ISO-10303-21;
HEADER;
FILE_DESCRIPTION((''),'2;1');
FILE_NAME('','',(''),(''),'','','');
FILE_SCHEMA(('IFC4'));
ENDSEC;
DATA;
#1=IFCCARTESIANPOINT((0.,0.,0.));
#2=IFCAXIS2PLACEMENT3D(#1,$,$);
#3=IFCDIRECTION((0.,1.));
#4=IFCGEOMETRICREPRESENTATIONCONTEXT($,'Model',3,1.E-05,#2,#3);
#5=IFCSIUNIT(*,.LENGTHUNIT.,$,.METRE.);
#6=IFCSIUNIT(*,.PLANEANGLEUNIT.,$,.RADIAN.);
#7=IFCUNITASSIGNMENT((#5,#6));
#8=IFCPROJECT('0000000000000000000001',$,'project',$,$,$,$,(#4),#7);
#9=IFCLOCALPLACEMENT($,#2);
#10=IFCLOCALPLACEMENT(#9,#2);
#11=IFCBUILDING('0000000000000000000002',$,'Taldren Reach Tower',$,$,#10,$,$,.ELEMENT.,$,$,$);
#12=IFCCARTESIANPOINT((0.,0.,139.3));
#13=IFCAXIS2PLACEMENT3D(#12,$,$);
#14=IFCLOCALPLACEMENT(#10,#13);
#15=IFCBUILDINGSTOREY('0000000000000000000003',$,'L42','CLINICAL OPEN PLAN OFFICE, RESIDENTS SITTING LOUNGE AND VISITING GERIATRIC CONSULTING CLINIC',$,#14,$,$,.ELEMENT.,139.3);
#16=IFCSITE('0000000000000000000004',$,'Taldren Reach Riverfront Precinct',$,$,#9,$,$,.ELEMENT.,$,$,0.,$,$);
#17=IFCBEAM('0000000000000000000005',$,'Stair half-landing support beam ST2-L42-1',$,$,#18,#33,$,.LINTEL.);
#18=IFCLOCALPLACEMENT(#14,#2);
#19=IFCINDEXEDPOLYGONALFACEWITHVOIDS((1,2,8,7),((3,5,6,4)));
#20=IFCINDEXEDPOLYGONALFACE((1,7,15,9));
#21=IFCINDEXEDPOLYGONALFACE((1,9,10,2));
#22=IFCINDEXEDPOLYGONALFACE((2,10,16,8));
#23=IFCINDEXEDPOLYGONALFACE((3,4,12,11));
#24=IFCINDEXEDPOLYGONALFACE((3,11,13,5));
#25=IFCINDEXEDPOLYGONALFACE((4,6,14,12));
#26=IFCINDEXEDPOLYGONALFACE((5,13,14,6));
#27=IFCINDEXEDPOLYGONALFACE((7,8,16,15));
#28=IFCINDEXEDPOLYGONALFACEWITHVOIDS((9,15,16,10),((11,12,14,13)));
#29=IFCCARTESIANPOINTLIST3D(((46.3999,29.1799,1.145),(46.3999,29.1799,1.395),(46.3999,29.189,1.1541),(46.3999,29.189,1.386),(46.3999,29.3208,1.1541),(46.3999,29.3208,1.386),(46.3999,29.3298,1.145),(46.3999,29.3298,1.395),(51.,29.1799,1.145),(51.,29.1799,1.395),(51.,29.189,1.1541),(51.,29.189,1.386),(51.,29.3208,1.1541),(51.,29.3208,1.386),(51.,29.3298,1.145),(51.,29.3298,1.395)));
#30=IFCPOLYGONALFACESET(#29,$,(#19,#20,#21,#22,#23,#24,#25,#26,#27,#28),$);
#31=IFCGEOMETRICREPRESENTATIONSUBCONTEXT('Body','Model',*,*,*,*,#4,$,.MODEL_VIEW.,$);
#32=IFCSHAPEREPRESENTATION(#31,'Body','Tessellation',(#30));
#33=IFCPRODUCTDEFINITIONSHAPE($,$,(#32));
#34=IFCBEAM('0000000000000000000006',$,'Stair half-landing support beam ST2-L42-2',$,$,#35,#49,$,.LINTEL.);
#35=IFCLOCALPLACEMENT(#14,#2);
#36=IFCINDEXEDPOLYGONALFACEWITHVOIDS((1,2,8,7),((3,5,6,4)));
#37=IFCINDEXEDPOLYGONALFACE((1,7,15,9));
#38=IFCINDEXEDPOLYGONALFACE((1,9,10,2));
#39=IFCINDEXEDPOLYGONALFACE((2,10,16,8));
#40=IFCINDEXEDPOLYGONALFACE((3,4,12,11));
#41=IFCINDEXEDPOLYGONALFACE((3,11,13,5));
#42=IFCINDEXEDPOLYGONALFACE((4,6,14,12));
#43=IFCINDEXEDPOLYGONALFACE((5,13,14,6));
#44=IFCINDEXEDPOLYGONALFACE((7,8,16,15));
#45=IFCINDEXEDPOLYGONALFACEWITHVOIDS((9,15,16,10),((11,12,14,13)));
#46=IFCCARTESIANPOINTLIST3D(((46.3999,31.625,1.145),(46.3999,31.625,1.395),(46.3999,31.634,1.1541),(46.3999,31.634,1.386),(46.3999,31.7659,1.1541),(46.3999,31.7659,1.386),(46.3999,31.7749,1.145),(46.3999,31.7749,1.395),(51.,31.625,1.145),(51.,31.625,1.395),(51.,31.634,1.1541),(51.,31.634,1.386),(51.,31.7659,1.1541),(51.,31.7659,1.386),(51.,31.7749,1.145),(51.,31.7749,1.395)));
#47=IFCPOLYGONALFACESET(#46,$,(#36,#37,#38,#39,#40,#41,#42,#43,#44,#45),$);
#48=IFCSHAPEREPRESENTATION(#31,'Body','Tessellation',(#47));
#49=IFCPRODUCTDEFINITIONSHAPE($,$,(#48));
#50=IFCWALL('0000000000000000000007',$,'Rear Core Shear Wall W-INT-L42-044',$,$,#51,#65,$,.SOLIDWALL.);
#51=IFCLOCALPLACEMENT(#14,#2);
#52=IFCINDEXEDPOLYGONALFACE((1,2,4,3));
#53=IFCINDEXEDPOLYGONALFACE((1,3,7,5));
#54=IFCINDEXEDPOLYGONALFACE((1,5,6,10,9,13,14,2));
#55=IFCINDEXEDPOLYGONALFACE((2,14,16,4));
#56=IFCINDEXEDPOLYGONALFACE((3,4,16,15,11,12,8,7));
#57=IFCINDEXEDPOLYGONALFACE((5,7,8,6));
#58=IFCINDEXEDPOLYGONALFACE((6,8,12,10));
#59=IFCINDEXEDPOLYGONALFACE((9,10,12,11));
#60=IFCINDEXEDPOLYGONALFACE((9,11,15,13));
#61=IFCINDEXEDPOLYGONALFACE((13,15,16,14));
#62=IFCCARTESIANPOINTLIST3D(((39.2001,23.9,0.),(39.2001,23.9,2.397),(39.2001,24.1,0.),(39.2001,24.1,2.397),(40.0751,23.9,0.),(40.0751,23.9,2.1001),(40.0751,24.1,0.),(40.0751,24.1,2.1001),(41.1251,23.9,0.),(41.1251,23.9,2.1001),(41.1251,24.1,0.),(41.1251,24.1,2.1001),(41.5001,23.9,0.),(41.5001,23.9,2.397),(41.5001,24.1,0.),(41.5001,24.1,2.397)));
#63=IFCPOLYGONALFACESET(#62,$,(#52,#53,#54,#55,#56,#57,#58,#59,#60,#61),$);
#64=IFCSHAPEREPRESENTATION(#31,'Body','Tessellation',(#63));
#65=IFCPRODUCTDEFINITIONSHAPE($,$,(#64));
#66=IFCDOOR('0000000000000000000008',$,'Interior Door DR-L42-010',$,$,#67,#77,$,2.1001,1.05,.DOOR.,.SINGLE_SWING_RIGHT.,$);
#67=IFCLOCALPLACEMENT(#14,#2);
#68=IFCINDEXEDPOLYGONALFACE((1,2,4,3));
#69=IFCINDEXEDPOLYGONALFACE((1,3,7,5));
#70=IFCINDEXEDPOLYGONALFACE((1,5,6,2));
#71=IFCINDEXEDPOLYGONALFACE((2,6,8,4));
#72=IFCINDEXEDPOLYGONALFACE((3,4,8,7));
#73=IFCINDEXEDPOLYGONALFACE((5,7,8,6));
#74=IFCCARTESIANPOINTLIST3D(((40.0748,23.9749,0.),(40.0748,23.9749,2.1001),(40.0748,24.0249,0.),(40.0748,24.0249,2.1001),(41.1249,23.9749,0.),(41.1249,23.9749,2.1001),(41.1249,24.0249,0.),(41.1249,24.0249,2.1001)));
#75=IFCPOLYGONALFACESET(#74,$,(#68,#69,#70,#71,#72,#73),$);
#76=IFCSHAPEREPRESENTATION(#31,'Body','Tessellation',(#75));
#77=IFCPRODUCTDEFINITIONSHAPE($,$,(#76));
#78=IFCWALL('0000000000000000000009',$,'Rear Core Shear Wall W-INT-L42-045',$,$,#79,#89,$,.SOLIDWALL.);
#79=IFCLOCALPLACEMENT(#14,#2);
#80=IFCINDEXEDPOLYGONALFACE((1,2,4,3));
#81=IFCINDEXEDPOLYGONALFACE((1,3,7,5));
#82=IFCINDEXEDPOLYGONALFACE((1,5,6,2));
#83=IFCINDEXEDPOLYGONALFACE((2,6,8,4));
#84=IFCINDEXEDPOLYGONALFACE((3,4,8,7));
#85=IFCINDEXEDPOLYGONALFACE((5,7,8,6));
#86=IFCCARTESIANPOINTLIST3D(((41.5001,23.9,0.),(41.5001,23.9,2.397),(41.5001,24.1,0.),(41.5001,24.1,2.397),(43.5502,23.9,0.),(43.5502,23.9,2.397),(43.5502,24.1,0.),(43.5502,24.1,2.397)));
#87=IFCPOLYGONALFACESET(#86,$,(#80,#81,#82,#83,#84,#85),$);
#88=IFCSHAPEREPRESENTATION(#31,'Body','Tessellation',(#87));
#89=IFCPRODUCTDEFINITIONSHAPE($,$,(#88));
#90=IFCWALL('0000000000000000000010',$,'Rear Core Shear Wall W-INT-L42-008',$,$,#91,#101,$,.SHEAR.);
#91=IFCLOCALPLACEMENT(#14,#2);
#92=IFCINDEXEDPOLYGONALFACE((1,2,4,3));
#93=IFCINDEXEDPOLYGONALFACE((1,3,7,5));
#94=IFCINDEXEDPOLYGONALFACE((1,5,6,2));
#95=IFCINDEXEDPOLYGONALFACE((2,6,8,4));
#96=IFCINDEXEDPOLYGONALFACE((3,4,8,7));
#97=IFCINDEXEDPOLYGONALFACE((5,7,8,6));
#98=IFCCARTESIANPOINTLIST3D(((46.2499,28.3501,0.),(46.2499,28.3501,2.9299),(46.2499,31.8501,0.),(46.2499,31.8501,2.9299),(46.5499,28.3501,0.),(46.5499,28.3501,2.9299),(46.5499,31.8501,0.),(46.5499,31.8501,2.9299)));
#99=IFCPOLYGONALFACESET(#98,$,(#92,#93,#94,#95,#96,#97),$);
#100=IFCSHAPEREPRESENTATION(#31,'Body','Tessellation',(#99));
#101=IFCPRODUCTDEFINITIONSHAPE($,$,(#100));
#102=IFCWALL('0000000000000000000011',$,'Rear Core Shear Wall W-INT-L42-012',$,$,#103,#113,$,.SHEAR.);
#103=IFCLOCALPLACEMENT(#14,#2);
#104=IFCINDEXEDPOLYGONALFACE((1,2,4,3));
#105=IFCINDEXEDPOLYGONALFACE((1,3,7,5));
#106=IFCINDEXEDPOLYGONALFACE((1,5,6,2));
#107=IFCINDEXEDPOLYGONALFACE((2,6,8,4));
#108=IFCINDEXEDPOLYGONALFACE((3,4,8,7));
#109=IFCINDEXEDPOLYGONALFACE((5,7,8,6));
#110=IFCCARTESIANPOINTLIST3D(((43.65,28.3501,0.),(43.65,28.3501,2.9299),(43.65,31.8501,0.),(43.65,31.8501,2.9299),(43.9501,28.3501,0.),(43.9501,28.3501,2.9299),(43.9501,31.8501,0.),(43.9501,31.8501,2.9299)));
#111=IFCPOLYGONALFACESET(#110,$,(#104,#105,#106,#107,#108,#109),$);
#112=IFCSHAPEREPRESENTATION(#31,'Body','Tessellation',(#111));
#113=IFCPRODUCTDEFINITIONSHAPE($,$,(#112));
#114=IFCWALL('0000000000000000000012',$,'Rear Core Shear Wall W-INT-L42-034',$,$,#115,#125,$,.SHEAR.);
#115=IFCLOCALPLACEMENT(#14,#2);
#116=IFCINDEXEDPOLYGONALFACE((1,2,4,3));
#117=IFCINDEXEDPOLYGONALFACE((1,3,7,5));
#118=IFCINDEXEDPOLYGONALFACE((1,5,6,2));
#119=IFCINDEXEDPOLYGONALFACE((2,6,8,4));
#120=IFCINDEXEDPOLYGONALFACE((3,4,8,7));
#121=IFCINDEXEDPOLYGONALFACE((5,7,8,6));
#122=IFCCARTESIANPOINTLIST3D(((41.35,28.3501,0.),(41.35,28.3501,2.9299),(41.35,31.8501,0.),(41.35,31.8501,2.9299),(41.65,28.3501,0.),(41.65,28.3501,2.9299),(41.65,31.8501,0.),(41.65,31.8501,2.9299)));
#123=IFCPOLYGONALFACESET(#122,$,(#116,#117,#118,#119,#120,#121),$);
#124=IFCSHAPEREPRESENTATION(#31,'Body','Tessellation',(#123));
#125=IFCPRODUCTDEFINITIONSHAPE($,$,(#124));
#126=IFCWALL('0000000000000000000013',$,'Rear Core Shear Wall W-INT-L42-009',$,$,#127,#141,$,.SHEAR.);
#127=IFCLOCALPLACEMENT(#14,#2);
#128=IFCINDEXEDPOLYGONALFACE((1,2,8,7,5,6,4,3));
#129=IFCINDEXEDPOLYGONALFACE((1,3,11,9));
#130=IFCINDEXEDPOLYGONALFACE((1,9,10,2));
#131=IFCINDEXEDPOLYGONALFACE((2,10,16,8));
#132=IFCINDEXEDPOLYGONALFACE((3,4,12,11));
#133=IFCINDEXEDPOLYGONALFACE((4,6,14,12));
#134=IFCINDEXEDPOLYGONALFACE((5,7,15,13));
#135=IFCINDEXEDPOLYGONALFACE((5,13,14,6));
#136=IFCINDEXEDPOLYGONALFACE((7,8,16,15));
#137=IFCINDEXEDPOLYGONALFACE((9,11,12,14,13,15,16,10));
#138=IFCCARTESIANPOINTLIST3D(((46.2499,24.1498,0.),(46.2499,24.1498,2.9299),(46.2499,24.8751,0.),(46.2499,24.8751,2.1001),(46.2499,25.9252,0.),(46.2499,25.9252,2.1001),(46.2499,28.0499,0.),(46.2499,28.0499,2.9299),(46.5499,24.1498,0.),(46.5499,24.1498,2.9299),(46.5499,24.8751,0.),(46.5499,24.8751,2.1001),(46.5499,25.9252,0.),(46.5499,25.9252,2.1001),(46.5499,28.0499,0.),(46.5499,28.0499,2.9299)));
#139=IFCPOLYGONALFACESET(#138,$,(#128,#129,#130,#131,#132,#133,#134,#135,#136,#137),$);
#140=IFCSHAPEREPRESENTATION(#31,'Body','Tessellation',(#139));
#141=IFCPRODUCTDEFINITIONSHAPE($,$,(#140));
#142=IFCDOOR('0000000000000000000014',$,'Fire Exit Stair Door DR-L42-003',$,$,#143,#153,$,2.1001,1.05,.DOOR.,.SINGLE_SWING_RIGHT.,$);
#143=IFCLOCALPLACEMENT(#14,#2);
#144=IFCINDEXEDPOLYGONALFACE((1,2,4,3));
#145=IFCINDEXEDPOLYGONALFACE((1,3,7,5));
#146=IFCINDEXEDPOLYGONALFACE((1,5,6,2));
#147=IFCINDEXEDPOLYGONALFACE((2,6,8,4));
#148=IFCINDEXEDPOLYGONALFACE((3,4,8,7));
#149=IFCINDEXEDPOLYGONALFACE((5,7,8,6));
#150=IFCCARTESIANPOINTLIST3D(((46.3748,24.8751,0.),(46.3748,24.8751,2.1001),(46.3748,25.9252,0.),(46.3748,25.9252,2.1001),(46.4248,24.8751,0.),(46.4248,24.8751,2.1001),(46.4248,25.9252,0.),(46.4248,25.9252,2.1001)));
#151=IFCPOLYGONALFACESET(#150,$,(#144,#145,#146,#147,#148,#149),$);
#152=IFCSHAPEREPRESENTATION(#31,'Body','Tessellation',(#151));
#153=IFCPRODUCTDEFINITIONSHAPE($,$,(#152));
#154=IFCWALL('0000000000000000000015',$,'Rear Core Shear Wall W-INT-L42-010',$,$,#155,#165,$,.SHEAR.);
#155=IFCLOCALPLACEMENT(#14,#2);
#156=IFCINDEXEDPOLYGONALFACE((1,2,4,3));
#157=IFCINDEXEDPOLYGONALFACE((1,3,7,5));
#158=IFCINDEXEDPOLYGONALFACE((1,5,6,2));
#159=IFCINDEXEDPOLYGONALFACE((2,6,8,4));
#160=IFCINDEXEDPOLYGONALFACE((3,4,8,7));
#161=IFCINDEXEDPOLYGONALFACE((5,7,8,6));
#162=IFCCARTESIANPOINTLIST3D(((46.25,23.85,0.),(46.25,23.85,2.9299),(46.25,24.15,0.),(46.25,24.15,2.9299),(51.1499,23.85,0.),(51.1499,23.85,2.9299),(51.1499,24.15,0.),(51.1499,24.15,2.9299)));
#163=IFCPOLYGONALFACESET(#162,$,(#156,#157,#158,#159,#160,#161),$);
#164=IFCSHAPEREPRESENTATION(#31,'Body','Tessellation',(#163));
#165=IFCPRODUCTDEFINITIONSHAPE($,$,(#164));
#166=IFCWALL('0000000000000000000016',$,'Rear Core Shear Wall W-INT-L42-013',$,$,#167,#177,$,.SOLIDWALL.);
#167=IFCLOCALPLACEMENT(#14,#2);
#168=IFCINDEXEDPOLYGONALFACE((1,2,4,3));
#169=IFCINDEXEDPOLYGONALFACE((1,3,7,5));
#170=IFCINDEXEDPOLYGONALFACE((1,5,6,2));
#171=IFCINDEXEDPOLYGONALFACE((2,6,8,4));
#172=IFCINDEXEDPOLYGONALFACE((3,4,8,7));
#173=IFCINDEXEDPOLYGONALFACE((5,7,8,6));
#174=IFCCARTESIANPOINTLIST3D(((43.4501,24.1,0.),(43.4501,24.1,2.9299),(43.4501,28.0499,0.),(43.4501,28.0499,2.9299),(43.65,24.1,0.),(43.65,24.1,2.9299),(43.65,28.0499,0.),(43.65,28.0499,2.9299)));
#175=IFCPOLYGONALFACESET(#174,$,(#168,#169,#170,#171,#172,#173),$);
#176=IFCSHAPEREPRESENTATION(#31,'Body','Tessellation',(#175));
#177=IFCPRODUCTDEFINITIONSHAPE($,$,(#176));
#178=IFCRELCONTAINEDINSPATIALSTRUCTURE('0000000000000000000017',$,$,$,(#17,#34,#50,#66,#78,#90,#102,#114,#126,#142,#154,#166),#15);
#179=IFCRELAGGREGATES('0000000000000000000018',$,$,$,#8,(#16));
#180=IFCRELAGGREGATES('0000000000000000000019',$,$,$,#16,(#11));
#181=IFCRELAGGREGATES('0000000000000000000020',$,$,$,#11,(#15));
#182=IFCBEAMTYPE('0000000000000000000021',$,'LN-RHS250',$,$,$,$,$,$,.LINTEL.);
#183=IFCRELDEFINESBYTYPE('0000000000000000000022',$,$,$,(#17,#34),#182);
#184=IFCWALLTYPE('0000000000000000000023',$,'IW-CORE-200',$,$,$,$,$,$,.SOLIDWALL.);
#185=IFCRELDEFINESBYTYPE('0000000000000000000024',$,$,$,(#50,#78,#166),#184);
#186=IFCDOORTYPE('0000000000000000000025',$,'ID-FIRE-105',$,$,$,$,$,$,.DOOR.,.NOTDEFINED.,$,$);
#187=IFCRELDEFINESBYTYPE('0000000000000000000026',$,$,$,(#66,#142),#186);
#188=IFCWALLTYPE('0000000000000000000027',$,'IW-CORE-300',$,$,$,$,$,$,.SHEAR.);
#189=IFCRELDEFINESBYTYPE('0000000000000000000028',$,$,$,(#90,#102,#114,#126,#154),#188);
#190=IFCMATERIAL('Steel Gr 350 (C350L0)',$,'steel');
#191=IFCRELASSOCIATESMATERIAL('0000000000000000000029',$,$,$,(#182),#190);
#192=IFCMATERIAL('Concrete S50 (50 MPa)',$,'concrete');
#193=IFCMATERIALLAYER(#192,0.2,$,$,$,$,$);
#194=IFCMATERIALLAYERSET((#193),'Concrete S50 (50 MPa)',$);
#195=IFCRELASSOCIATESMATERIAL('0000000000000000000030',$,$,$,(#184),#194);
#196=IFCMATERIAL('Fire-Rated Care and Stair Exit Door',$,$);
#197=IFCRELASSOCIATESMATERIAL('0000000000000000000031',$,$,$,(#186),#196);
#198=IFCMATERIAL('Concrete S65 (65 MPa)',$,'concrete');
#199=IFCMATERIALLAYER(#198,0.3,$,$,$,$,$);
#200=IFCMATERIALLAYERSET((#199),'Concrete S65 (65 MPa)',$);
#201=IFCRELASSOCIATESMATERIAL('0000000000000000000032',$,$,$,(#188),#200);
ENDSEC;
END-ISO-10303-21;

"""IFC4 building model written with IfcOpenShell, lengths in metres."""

from ifc_helpers import new_model, si_unit, direction, frame, frame_2d, origin, origin_2d, place, context, subcontext, project, spatial, rectangle, hollow_rectangle, extrude, source, transform, mapped, material, layer, layer_set, material_profile, profile_set, type_object, element, fill, save


model = new_model("IFC4")

# Units and contexts
model_context = context("Model", 3, precision=1e-05, world=origin(), true_north=direction((0.0, 1.0)))
body_context = subcontext(model_context, "Body", "Model", "MODEL_VIEW")
ifc_project = project(units=[si_unit("LENGTHUNIT", "METRE"), si_unit("PLANEANGLEUNIT", "RADIAN")], contexts=[model_context])

# Site, building, storey
site_placement = place(None, origin())
site = spatial("IfcSite", under=ifc_project, at=site_placement, Name="Taldren Reach Riverfront Precinct", CompositionType="ELEMENT", RefElevation=0.0)
building_placement = place(site_placement, origin())
building = spatial("IfcBuilding", under=site, at=building_placement, Name="Taldren Reach Tower", CompositionType="ELEMENT")
storey_placement = place(building_placement, frame((0.0, 0.0, 139.3)))
storey = spatial("IfcBuildingStorey", under=building, at=storey_placement, Name="L42", Description="CLINICAL OPEN PLAN OFFICE, RESIDENTS SITTING LOUNGE AND VISITING GERIATRIC CONSULTING CLINIC", CompositionType="ELEMENT", Elevation=139.3)

# Beams
ifc_material_1 = material(Name="Steel Gr 350 (C350L0)", Category="steel")
ifc_material_profile = material_profile(ifc_material_1, hollow_rectangle(XDim=0.1499, YDim=0.25, WallThickness=0.009, at=origin_2d()), Name="250x150x9.0RHS")
ifc_profile_set = profile_set([ifc_material_profile], Name="Steel Gr 350 (C350L0)")
beam_type = type_object("IfcBeamType", Name="LN-RHS250", PredefinedType="LINTEL", material=ifc_profile_set)
shared_shape_1 = source(origin(), body_context, "Body", "SweptSolid", [
    extrude(hollow_rectangle(XDim=0.1499, YDim=0.25, WallThickness=0.009, at=origin_2d()), origin(), (0.0, 0.0, 1.0), 4.6001),
])
for number, where, z_axis, x_axis, name in (
    (1, (46.3999, 29.2549, 1.27), (1.0, 0.0, 0.0), (0.0, 1.0, 0.0), "Stair half-landing support beam ST2-L42-1"),
    (2, (46.3999, 31.7, 1.27), (1.0, 0.0, 0.0), (0.0, 1.0, 0.0), "Stair half-landing support beam ST2-L42-2"),
):
    element("IfcBeam", number, at=place(storey_placement, frame(where, z_axis=z_axis, x_axis=x_axis)), inside=storey, type_object=beam_type, Name=name, PredefinedType="LINTEL", context=body_context, shape_type="MappedRepresentation", body=[
        mapped(shared_shape_1, transform((0.0, 0.0, 0.0), scale=1.0)),
    ])

# Wall, opening, door
ifc_material_2 = material(Name="Concrete S50 (50 MPa)", Category="concrete")
ifc_layer_1 = layer(ifc_material_2, 0.2)
ifc_layer_set_1 = layer_set([ifc_layer_1], Name="Concrete S50 (50 MPa)")
wall_type_1 = type_object("IfcWallType", Name="IW-CORE-200", PredefinedType="SOLIDWALL", material=ifc_layer_set_1)
shared_shape_2 = source(origin(), body_context, "Body", "SweptSolid", [
    extrude(rectangle(XDim=2.3, YDim=0.2, at=frame_2d((1.1499, 0.0))), origin(), (0.0, 0.0, 1.0), 2.397),
])
wall_1_placement = place(storey_placement, frame((41.5, 24.0, 0.0), z_axis=(0.0, 0.0, 1.0), x_axis=(-1.0, 0.0, 0.0)))
wall_1 = element("IfcWall", 3, at=wall_1_placement, inside=storey, type_object=wall_type_1, Name="Rear Core Shear Wall W-INT-L42-044", PredefinedType="SOLIDWALL", context=body_context, shape_type="MappedRepresentation", body=[
    mapped(shared_shape_2, transform((0.0, 0.0, 0.0), scale=1.0)),
])
shared_shape_3 = source(origin(), body_context, "Body", "SweptSolid", [
    extrude(rectangle(XDim=1.05, YDim=2.1001, at=frame_2d((0.5249, 1.05))), frame((0.0, 0.1099, 0.0), z_axis=(0.0, -1.0, 0.0), x_axis=(1.0, 0.0, 0.0)), (0.0, 0.0, 1.0), 0.22),
])
opening_1_placement = place(wall_1_placement, frame((0.375, 0.0, 0.0)))
opening_1 = element("IfcOpeningElement", 4, at=opening_1_placement, cuts=wall_1, PredefinedType="OPENING", context=body_context, shape_type="MappedRepresentation", body=[
    mapped(shared_shape_3, transform((0.0, 0.0, 0.0), scale=1.0)),
])
ifc_material_3 = material(Name="Fire-Rated Care and Stair Exit Door")
door_type_1 = type_object("IfcDoorType", Name="ID-FIRE-105", OperationType="NOTDEFINED", PredefinedType="DOOR", material=ifc_material_3)
shared_shape_4 = source(origin(), body_context, "Body", "SweptSolid", [
    extrude(rectangle(XDim=1.05, YDim=2.1001, at=frame_2d((0.5249, 1.05))), frame((0.0, 0.0249, 0.0), z_axis=(0.0, -1.0, 0.0), x_axis=(1.0, 0.0, 0.0)), (0.0, 0.0, 1.0), 0.05),
])
door_1_placement = place(opening_1_placement, frame((1.05, 0.0, 0.0), z_axis=(0.0, 0.0, 1.0), x_axis=(-1.0, 0.0, 0.0)))
door_1 = element("IfcDoor", 5, at=door_1_placement, inside=storey, type_object=door_type_1, Name="Interior Door DR-L42-010", OperationType="SINGLE_SWING_RIGHT", OverallHeight=2.1001, OverallWidth=1.05, PredefinedType="DOOR", context=body_context, shape_type="MappedRepresentation", body=[
    mapped(shared_shape_4, transform((0.0, 0.0, 0.0), scale=1.0)),
])
fill(opening_1, door_1)

# Walls
shared_shape_5 = source(origin(), body_context, "Body", "SweptSolid", [
    extrude(rectangle(XDim=2.05, YDim=0.2, at=frame_2d((1.0249, 0.0))), origin(), (0.0, 0.0, 1.0), 2.397),
])
wall_2_placement = place(storey_placement, frame((43.55, 24.0, 0.0), z_axis=(0.0, 0.0, 1.0), x_axis=(-1.0, 0.0, 0.0)))
element("IfcWall", 6, at=wall_2_placement, inside=storey, type_object=wall_type_1, Name="Rear Core Shear Wall W-INT-L42-045", PredefinedType="SOLIDWALL", context=body_context, shape_type="MappedRepresentation", body=[
    mapped(shared_shape_5, transform((0.0, 0.0, 0.0), scale=1.0)),
])
ifc_material_4 = material(Name="Concrete S65 (65 MPa)", Category="concrete")
ifc_layer_2 = layer(ifc_material_4, 0.3)
ifc_layer_set_2 = layer_set([ifc_layer_2], Name="Concrete S65 (65 MPa)")
wall_type_2 = type_object("IfcWallType", Name="IW-CORE-300", PredefinedType="SHEAR", material=ifc_layer_set_2)
shared_shape_6 = source(origin(), body_context, "Body", "SweptSolid", [
    extrude(rectangle(XDim=3.5, YDim=0.3, at=frame_2d((1.75, 0.0))), origin(), (0.0, 0.0, 1.0), 2.9299),
])
for number, where, z_axis, x_axis, name in (
    (7, (46.3999, 31.8501, 0.0), (0.0, 0.0, 1.0), (0.0, -1.0, 0.0), "Rear Core Shear Wall W-INT-L42-008"),
    (8, (43.8, 31.8501, 0.0), (0.0, 0.0, 1.0), (0.0, -1.0, 0.0), "Rear Core Shear Wall W-INT-L42-012"),
    (9, (41.5, 28.3501, 0.0), (0.0, 0.0, 1.0), (0.0, 1.0, 0.0), "Rear Core Shear Wall W-INT-L42-034"),
):
    element("IfcWall", number, at=place(storey_placement, frame(where, z_axis=z_axis, x_axis=x_axis)), inside=storey, type_object=wall_type_2, Name=name, PredefinedType="SHEAR", context=body_context, shape_type="MappedRepresentation", body=[
        mapped(shared_shape_6, transform((0.0, 0.0, 0.0), scale=1.0)),
    ])

# Wall, opening, door
shared_shape_7 = source(origin(), body_context, "Body", "SweptSolid", [
    extrude(rectangle(XDim=3.9001, YDim=0.3, at=frame_2d((1.9502, 0.0))), origin(), (0.0, 0.0, 1.0), 2.9299),
])
wall_3_placement = place(storey_placement, frame((46.3999, 28.05, 0.0), z_axis=(0.0, 0.0, 1.0), x_axis=(0.0, -1.0, 0.0)))
wall_3 = element("IfcWall", 10, at=wall_3_placement, inside=storey, type_object=wall_type_2, Name="Rear Core Shear Wall W-INT-L42-009", PredefinedType="SHEAR", context=body_context, shape_type="MappedRepresentation", body=[
    mapped(shared_shape_7, transform((0.0, 0.0, 0.0), scale=1.0)),
])
shared_shape_8 = source(origin(), body_context, "Body", "SweptSolid", [
    extrude(rectangle(XDim=1.05, YDim=2.1001, at=frame_2d((0.5249, 1.05))), frame((0.0, 0.1602, 0.0), z_axis=(0.0, -1.0, 0.0), x_axis=(1.0, 0.0, 0.0)), (0.0, 0.0, 1.0), 0.3201),
])
opening_2_placement = place(wall_3_placement, frame((2.125, 0.0, 0.0)))
opening_2 = element("IfcOpeningElement", 11, at=opening_2_placement, cuts=wall_3, PredefinedType="OPENING", context=body_context, shape_type="MappedRepresentation", body=[
    mapped(shared_shape_8, transform((0.0, 0.0, 0.0), scale=1.0)),
])
door_2_placement = place(opening_2_placement, origin())
door_2 = element("IfcDoor", 12, at=door_2_placement, inside=storey, type_object=door_type_1, Name="Fire Exit Stair Door DR-L42-003", OperationType="SINGLE_SWING_RIGHT", OverallHeight=2.1001, OverallWidth=1.05, PredefinedType="DOOR", context=body_context, shape_type="MappedRepresentation", body=[
    mapped(shared_shape_4, transform((0.0, 0.0, 0.0), scale=1.0)),
])
fill(opening_2, door_2)

# Wall
shared_shape_9 = source(origin(), body_context, "Body", "SweptSolid", [
    extrude(rectangle(XDim=4.8999, YDim=0.3, at=frame_2d((2.45, 0.0))), origin(), (0.0, 0.0, 1.0), 2.9299),
])
wall_4_placement = place(storey_placement, frame((46.25, 24.0, 0.0), z_axis=(0.0, 0.0, 1.0), x_axis=(1.0, 0.0, 0.0)))
element("IfcWall", 13, at=wall_4_placement, inside=storey, type_object=wall_type_2, Name="Rear Core Shear Wall W-INT-L42-010", PredefinedType="SHEAR", context=body_context, shape_type="MappedRepresentation", body=[
    mapped(shared_shape_9, transform((0.0, 0.0, 0.0), scale=1.0)),
])

# Wall
shared_shape_10 = source(origin(), body_context, "Body", "SweptSolid", [
    extrude(rectangle(XDim=3.95, YDim=0.2, at=frame_2d((1.9751, 0.0))), origin(), (0.0, 0.0, 1.0), 2.9299),
])
wall_5_placement = place(storey_placement, frame((43.55, 28.05, 0.0), z_axis=(0.0, 0.0, 1.0), x_axis=(0.0, -1.0, 0.0)))
element("IfcWall", 14, at=wall_5_placement, inside=storey, type_object=wall_type_1, Name="Rear Core Shear Wall W-INT-L42-013", PredefinedType="SOLIDWALL", context=body_context, shape_type="MappedRepresentation", body=[
    mapped(shared_shape_10, transform((0.0, 0.0, 0.0), scale=1.0)),
])

save(model, "model.ifc")
